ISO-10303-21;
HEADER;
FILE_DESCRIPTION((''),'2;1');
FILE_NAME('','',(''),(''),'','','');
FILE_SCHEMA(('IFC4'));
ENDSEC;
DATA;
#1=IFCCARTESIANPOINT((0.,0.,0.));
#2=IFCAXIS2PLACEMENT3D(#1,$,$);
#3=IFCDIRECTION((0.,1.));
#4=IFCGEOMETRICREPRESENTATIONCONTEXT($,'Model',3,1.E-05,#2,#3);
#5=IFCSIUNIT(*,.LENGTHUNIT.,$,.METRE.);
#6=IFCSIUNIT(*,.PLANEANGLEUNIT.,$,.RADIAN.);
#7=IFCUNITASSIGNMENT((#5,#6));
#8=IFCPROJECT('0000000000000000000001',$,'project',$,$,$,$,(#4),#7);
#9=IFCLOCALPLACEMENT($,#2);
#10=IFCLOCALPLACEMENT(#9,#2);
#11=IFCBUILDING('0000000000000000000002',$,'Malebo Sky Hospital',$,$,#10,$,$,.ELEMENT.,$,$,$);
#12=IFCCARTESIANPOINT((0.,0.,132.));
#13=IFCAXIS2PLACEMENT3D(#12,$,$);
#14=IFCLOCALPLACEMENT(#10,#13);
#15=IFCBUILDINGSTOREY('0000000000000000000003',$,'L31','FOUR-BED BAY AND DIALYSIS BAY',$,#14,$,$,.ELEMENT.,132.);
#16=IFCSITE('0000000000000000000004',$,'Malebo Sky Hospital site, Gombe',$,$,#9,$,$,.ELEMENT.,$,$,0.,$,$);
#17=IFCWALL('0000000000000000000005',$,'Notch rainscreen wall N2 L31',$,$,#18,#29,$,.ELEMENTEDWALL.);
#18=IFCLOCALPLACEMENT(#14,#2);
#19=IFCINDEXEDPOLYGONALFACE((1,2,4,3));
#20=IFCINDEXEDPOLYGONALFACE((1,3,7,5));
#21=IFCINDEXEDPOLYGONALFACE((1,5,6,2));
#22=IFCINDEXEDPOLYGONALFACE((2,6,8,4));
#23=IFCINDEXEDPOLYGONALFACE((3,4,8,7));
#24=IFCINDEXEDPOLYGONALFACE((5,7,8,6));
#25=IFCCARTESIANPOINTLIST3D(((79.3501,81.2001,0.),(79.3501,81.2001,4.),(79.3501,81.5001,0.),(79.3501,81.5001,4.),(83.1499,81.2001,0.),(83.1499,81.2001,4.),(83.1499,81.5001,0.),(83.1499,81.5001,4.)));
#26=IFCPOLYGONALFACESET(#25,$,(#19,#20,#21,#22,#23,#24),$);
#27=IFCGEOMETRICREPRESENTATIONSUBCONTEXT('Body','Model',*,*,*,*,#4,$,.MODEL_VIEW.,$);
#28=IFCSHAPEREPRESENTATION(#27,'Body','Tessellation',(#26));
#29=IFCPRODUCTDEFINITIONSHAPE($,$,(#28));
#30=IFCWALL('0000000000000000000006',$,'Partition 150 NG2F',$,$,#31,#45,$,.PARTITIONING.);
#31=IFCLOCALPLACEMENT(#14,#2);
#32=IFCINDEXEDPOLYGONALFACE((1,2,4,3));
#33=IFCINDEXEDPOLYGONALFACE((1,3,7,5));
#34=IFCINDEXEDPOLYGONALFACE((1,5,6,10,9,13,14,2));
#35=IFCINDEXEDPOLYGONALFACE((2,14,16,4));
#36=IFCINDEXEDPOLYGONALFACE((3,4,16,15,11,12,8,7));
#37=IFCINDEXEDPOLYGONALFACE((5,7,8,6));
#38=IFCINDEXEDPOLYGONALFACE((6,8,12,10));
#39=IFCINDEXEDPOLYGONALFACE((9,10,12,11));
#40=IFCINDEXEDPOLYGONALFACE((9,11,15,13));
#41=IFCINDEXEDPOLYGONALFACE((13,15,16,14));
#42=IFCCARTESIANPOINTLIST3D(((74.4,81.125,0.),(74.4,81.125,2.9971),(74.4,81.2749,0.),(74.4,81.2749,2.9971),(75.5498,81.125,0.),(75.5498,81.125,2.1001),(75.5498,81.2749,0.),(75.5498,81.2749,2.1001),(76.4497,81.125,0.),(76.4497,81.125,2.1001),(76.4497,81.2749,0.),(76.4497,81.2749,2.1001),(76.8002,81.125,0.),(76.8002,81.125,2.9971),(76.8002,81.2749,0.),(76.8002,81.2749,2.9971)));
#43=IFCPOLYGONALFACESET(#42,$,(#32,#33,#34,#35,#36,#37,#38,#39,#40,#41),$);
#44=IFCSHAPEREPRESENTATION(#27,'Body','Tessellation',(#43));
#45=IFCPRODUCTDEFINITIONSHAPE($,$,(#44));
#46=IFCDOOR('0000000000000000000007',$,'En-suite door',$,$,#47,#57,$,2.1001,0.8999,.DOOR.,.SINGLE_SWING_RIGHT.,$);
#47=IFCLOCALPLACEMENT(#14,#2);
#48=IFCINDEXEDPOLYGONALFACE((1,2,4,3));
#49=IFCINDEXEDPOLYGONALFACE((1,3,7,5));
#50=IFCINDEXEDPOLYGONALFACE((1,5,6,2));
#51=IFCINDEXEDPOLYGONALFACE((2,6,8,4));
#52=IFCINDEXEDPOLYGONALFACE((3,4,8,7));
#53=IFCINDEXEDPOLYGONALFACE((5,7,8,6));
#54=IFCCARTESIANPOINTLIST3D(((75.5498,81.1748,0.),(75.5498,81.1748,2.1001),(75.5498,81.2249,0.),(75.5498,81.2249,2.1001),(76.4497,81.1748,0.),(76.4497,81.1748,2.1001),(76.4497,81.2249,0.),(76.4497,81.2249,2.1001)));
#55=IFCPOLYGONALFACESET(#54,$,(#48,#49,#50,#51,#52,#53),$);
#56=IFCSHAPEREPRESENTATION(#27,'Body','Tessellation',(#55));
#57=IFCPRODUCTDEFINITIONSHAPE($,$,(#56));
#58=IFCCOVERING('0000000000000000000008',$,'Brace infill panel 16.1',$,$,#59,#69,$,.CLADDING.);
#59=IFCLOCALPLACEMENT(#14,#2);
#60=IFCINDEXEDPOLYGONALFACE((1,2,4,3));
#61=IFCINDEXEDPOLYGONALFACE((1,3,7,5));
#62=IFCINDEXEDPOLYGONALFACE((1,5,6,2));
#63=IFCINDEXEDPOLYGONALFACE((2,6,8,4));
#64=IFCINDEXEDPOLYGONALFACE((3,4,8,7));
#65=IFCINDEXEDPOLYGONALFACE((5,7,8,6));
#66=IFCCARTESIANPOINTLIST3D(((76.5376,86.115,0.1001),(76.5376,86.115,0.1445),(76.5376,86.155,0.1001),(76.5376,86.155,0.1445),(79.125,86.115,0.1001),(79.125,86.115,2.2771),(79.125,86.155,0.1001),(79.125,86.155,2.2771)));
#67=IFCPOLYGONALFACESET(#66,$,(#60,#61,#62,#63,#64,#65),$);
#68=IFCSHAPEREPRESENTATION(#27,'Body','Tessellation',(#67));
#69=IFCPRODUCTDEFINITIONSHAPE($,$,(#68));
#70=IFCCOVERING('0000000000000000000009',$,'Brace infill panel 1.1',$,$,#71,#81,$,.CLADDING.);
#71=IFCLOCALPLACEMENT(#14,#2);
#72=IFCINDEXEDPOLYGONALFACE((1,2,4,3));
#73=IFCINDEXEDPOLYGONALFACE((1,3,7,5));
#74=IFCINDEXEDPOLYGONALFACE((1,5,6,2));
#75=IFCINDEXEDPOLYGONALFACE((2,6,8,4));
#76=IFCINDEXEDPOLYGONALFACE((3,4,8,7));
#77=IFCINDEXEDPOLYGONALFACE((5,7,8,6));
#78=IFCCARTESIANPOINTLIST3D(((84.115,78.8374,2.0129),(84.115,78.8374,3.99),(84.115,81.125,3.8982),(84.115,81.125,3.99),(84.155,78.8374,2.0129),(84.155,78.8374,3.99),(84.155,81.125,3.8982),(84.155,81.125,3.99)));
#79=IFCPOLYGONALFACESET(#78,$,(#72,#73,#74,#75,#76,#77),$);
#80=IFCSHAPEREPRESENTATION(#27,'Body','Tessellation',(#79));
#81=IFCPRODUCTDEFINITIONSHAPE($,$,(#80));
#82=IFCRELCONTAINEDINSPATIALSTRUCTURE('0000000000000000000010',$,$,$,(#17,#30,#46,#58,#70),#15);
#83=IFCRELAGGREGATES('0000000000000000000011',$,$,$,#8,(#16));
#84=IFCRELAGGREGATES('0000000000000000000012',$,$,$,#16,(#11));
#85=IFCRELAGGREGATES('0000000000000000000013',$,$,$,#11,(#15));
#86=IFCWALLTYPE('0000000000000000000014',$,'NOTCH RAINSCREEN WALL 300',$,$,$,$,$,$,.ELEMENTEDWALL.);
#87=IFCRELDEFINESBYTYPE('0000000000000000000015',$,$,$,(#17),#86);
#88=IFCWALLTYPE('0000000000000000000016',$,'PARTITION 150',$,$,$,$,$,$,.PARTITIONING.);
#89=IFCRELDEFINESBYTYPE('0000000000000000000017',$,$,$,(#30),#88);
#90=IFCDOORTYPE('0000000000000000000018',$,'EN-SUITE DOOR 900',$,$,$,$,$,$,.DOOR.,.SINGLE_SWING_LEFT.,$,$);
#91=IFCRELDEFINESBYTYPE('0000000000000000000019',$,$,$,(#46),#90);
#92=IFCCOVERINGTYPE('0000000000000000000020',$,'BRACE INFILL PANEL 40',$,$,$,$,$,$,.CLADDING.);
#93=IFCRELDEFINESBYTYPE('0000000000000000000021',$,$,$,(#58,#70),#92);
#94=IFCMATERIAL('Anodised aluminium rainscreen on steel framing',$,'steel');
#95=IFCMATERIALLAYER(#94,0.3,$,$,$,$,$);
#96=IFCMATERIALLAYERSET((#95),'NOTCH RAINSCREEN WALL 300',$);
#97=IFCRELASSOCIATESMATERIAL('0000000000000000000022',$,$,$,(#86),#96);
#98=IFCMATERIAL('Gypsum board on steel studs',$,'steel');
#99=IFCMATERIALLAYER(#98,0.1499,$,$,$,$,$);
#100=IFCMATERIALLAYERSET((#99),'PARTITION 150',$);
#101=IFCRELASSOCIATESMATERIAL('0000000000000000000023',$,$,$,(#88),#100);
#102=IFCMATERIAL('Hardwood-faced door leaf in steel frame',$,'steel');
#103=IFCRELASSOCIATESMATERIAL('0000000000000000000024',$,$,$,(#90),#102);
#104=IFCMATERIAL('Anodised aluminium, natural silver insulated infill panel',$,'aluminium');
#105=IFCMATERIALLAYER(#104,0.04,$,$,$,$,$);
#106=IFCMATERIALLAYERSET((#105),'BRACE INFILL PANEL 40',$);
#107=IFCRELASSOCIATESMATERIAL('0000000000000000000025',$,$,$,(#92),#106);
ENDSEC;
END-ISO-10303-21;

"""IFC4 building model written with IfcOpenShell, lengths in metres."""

from ifc_helpers import new_model, si_unit, direction, frame, frame_2d, origin, place, context, subcontext, project, spatial, polyline, rectangle, outline, extrude, material, layer, layer_set, type_object, element, fill, save


model = new_model("IFC4")

# Units and contexts
model_context = context("Model", 3, precision=1e-05, world=origin(), true_north=direction((0.0, 1.0)))
body_context = subcontext(model_context, "Body", "Model", "MODEL_VIEW")
ifc_project = project(units=[si_unit("LENGTHUNIT", "METRE"), si_unit("PLANEANGLEUNIT", "RADIAN")], contexts=[model_context])

# Site, building, storey
site_placement = place(None, origin())
site = spatial("IfcSite", under=ifc_project, at=site_placement, Name="Malebo Sky Hospital site, Gombe", CompositionType="ELEMENT", RefElevation=0.0)
building_placement = place(site_placement, origin())
building = spatial("IfcBuilding", under=site, at=building_placement, Name="Malebo Sky Hospital", CompositionType="ELEMENT")
storey_placement = place(building_placement, frame((0.0, 0.0, 132.0)))
storey = spatial("IfcBuildingStorey", under=building, at=storey_placement, Name="L31", Description="FOUR-BED BAY AND DIALYSIS BAY", CompositionType="ELEMENT", Elevation=132.0)

# Wall
ifc_material_1 = material(Name="Anodised aluminium rainscreen on steel framing", Category="steel")
ifc_layer_1 = layer(ifc_material_1, 0.3)
ifc_layer_set_1 = layer_set([ifc_layer_1], Name="NOTCH RAINSCREEN WALL 300")
wall_type_1 = type_object("IfcWallType", Name="NOTCH RAINSCREEN WALL 300", PredefinedType="ELEMENTEDWALL", material=ifc_layer_set_1)
for number, where, z_axis, x_axis, name in (
    (1, (79.3501, 81.3501, 0.0), (0.0, 0.0, 1.0), (1.0, 0.0, 0.0), "Notch rainscreen wall N2 L31"),
):
    element("IfcWall", number, at=place(storey_placement, frame(where, z_axis=z_axis, x_axis=x_axis)), inside=storey, type_object=wall_type_1, Name=name, PredefinedType="ELEMENTEDWALL", context=body_context, shape_type="SweptSolid", body=[
        extrude(rectangle(XDim=3.7998, YDim=0.3, at=frame_2d((1.8999, 0.0))), origin(), (0.0, 0.0, 1.0), 4.0),
    ])

# Wall, opening, door
ifc_material_2 = material(Name="Gypsum board on steel studs", Category="steel")
ifc_layer_2 = layer(ifc_material_2, 0.1499)
ifc_layer_set_2 = layer_set([ifc_layer_2], Name="PARTITION 150")
wall_type_2 = type_object("IfcWallType", Name="PARTITION 150", PredefinedType="PARTITIONING", material=ifc_layer_set_2)
wall_placement = place(storey_placement, frame((74.3999, 81.2, 0.0), z_axis=(0.0, 0.0, 1.0), x_axis=(1.0, 0.0, 0.0)))
wall = element("IfcWall", 2, at=wall_placement, inside=storey, type_object=wall_type_2, Name="Partition 150 NG2F", PredefinedType="PARTITIONING", context=body_context, shape_type="SweptSolid", body=[
    extrude(rectangle(XDim=2.4001, YDim=0.1499, at=frame_2d((1.2002, 0.0))), origin(), (0.0, 0.0, 1.0), 2.9971),
])
opening_placement = place(wall_placement, frame((1.1499, 0.0, 0.0)))
opening = element("IfcOpeningElement", 3, at=opening_placement, cuts=wall, PredefinedType="OPENING", context=body_context, shape_type="SweptSolid", body=[
    extrude(rectangle(XDim=0.8999, YDim=2.1001, at=frame_2d((0.45, 1.05))), frame((0.0, 0.085, 0.0), z_axis=(0.0, -1.0, 0.0), x_axis=(1.0, 0.0, 0.0)), (0.0, 0.0, 1.0), 0.1699),
])
ifc_material_3 = material(Name="Hardwood-faced door leaf in steel frame", Category="steel")
door_type = type_object("IfcDoorType", Name="EN-SUITE DOOR 900", OperationType="SINGLE_SWING_LEFT", PredefinedType="DOOR", material=ifc_material_3)
door_placement = place(opening_placement, origin())
door = element("IfcDoor", 4, at=door_placement, inside=storey, type_object=door_type, Name="En-suite door", OperationType="SINGLE_SWING_RIGHT", OverallHeight=2.1001, OverallWidth=0.8999, PredefinedType="DOOR", context=body_context, shape_type="SweptSolid", body=[
    extrude(rectangle(XDim=0.8999, YDim=2.1001, at=frame_2d((0.45, 1.05))), frame((0.0, 0.0249, 0.0), z_axis=(0.0, -1.0, 0.0), x_axis=(1.0, 0.0, 0.0)), (0.0, 0.0, 1.0), 0.05),
])
fill(opening, door)

# Coverings
ifc_material_4 = material(Name="Anodised aluminium, natural silver insulated infill panel", Category="aluminium")
ifc_layer_3 = layer(ifc_material_4, 0.04)
ifc_layer_set_3 = layer_set([ifc_layer_3], Name="BRACE INFILL PANEL 40")
covering_type = type_object("IfcCoveringType", Name="BRACE INFILL PANEL 40", PredefinedType="CLADDING", material=ifc_layer_set_3)
covering_1_placement = place(storey_placement, frame((77.8313, 86.135, 0.1001), z_axis=(0.0, 0.0, 1.0), x_axis=(1.0, 0.0, 0.0)))
element("IfcCovering", 5, at=covering_1_placement, inside=storey, type_object=covering_type, Name="Brace infill panel 16.1", PredefinedType="CLADDING", context=body_context, shape_type="SweptSolid", body=[
    extrude(outline(polyline([(-1.2937, 0.0), (1.2937, 0.0), (1.2937, 2.177), (-1.2937, 0.0444), (-1.2937, 0.0)])), frame((0.0, 0.02, 0.0), z_axis=(0.0, -1.0, 0.0), x_axis=(1.0, 0.0, 0.0)), (0.0, 0.0, 1.0), 0.04),
])
covering_2_placement = place(storey_placement, frame((84.135, 79.9812, 2.0129), z_axis=(0.0, 0.0, 1.0), x_axis=(0.0, -1.0, 0.0)))
element("IfcCovering", 6, at=covering_2_placement, inside=storey, type_object=covering_type, Name="Brace infill panel 1.1", PredefinedType="CLADDING", context=body_context, shape_type="SweptSolid", body=[
    extrude(outline(polyline([(1.1438, 0.0), (1.1438, 1.9771), (-1.1438, 1.9771), (-1.1438, 1.8853), (1.1438, 0.0)])), frame((0.0, 0.02, 0.0), z_axis=(0.0, -1.0, 0.0), x_axis=(1.0, 0.0, 0.0)), (0.0, 0.0, 1.0), 0.04),
])

save(model, "model.ifc")
